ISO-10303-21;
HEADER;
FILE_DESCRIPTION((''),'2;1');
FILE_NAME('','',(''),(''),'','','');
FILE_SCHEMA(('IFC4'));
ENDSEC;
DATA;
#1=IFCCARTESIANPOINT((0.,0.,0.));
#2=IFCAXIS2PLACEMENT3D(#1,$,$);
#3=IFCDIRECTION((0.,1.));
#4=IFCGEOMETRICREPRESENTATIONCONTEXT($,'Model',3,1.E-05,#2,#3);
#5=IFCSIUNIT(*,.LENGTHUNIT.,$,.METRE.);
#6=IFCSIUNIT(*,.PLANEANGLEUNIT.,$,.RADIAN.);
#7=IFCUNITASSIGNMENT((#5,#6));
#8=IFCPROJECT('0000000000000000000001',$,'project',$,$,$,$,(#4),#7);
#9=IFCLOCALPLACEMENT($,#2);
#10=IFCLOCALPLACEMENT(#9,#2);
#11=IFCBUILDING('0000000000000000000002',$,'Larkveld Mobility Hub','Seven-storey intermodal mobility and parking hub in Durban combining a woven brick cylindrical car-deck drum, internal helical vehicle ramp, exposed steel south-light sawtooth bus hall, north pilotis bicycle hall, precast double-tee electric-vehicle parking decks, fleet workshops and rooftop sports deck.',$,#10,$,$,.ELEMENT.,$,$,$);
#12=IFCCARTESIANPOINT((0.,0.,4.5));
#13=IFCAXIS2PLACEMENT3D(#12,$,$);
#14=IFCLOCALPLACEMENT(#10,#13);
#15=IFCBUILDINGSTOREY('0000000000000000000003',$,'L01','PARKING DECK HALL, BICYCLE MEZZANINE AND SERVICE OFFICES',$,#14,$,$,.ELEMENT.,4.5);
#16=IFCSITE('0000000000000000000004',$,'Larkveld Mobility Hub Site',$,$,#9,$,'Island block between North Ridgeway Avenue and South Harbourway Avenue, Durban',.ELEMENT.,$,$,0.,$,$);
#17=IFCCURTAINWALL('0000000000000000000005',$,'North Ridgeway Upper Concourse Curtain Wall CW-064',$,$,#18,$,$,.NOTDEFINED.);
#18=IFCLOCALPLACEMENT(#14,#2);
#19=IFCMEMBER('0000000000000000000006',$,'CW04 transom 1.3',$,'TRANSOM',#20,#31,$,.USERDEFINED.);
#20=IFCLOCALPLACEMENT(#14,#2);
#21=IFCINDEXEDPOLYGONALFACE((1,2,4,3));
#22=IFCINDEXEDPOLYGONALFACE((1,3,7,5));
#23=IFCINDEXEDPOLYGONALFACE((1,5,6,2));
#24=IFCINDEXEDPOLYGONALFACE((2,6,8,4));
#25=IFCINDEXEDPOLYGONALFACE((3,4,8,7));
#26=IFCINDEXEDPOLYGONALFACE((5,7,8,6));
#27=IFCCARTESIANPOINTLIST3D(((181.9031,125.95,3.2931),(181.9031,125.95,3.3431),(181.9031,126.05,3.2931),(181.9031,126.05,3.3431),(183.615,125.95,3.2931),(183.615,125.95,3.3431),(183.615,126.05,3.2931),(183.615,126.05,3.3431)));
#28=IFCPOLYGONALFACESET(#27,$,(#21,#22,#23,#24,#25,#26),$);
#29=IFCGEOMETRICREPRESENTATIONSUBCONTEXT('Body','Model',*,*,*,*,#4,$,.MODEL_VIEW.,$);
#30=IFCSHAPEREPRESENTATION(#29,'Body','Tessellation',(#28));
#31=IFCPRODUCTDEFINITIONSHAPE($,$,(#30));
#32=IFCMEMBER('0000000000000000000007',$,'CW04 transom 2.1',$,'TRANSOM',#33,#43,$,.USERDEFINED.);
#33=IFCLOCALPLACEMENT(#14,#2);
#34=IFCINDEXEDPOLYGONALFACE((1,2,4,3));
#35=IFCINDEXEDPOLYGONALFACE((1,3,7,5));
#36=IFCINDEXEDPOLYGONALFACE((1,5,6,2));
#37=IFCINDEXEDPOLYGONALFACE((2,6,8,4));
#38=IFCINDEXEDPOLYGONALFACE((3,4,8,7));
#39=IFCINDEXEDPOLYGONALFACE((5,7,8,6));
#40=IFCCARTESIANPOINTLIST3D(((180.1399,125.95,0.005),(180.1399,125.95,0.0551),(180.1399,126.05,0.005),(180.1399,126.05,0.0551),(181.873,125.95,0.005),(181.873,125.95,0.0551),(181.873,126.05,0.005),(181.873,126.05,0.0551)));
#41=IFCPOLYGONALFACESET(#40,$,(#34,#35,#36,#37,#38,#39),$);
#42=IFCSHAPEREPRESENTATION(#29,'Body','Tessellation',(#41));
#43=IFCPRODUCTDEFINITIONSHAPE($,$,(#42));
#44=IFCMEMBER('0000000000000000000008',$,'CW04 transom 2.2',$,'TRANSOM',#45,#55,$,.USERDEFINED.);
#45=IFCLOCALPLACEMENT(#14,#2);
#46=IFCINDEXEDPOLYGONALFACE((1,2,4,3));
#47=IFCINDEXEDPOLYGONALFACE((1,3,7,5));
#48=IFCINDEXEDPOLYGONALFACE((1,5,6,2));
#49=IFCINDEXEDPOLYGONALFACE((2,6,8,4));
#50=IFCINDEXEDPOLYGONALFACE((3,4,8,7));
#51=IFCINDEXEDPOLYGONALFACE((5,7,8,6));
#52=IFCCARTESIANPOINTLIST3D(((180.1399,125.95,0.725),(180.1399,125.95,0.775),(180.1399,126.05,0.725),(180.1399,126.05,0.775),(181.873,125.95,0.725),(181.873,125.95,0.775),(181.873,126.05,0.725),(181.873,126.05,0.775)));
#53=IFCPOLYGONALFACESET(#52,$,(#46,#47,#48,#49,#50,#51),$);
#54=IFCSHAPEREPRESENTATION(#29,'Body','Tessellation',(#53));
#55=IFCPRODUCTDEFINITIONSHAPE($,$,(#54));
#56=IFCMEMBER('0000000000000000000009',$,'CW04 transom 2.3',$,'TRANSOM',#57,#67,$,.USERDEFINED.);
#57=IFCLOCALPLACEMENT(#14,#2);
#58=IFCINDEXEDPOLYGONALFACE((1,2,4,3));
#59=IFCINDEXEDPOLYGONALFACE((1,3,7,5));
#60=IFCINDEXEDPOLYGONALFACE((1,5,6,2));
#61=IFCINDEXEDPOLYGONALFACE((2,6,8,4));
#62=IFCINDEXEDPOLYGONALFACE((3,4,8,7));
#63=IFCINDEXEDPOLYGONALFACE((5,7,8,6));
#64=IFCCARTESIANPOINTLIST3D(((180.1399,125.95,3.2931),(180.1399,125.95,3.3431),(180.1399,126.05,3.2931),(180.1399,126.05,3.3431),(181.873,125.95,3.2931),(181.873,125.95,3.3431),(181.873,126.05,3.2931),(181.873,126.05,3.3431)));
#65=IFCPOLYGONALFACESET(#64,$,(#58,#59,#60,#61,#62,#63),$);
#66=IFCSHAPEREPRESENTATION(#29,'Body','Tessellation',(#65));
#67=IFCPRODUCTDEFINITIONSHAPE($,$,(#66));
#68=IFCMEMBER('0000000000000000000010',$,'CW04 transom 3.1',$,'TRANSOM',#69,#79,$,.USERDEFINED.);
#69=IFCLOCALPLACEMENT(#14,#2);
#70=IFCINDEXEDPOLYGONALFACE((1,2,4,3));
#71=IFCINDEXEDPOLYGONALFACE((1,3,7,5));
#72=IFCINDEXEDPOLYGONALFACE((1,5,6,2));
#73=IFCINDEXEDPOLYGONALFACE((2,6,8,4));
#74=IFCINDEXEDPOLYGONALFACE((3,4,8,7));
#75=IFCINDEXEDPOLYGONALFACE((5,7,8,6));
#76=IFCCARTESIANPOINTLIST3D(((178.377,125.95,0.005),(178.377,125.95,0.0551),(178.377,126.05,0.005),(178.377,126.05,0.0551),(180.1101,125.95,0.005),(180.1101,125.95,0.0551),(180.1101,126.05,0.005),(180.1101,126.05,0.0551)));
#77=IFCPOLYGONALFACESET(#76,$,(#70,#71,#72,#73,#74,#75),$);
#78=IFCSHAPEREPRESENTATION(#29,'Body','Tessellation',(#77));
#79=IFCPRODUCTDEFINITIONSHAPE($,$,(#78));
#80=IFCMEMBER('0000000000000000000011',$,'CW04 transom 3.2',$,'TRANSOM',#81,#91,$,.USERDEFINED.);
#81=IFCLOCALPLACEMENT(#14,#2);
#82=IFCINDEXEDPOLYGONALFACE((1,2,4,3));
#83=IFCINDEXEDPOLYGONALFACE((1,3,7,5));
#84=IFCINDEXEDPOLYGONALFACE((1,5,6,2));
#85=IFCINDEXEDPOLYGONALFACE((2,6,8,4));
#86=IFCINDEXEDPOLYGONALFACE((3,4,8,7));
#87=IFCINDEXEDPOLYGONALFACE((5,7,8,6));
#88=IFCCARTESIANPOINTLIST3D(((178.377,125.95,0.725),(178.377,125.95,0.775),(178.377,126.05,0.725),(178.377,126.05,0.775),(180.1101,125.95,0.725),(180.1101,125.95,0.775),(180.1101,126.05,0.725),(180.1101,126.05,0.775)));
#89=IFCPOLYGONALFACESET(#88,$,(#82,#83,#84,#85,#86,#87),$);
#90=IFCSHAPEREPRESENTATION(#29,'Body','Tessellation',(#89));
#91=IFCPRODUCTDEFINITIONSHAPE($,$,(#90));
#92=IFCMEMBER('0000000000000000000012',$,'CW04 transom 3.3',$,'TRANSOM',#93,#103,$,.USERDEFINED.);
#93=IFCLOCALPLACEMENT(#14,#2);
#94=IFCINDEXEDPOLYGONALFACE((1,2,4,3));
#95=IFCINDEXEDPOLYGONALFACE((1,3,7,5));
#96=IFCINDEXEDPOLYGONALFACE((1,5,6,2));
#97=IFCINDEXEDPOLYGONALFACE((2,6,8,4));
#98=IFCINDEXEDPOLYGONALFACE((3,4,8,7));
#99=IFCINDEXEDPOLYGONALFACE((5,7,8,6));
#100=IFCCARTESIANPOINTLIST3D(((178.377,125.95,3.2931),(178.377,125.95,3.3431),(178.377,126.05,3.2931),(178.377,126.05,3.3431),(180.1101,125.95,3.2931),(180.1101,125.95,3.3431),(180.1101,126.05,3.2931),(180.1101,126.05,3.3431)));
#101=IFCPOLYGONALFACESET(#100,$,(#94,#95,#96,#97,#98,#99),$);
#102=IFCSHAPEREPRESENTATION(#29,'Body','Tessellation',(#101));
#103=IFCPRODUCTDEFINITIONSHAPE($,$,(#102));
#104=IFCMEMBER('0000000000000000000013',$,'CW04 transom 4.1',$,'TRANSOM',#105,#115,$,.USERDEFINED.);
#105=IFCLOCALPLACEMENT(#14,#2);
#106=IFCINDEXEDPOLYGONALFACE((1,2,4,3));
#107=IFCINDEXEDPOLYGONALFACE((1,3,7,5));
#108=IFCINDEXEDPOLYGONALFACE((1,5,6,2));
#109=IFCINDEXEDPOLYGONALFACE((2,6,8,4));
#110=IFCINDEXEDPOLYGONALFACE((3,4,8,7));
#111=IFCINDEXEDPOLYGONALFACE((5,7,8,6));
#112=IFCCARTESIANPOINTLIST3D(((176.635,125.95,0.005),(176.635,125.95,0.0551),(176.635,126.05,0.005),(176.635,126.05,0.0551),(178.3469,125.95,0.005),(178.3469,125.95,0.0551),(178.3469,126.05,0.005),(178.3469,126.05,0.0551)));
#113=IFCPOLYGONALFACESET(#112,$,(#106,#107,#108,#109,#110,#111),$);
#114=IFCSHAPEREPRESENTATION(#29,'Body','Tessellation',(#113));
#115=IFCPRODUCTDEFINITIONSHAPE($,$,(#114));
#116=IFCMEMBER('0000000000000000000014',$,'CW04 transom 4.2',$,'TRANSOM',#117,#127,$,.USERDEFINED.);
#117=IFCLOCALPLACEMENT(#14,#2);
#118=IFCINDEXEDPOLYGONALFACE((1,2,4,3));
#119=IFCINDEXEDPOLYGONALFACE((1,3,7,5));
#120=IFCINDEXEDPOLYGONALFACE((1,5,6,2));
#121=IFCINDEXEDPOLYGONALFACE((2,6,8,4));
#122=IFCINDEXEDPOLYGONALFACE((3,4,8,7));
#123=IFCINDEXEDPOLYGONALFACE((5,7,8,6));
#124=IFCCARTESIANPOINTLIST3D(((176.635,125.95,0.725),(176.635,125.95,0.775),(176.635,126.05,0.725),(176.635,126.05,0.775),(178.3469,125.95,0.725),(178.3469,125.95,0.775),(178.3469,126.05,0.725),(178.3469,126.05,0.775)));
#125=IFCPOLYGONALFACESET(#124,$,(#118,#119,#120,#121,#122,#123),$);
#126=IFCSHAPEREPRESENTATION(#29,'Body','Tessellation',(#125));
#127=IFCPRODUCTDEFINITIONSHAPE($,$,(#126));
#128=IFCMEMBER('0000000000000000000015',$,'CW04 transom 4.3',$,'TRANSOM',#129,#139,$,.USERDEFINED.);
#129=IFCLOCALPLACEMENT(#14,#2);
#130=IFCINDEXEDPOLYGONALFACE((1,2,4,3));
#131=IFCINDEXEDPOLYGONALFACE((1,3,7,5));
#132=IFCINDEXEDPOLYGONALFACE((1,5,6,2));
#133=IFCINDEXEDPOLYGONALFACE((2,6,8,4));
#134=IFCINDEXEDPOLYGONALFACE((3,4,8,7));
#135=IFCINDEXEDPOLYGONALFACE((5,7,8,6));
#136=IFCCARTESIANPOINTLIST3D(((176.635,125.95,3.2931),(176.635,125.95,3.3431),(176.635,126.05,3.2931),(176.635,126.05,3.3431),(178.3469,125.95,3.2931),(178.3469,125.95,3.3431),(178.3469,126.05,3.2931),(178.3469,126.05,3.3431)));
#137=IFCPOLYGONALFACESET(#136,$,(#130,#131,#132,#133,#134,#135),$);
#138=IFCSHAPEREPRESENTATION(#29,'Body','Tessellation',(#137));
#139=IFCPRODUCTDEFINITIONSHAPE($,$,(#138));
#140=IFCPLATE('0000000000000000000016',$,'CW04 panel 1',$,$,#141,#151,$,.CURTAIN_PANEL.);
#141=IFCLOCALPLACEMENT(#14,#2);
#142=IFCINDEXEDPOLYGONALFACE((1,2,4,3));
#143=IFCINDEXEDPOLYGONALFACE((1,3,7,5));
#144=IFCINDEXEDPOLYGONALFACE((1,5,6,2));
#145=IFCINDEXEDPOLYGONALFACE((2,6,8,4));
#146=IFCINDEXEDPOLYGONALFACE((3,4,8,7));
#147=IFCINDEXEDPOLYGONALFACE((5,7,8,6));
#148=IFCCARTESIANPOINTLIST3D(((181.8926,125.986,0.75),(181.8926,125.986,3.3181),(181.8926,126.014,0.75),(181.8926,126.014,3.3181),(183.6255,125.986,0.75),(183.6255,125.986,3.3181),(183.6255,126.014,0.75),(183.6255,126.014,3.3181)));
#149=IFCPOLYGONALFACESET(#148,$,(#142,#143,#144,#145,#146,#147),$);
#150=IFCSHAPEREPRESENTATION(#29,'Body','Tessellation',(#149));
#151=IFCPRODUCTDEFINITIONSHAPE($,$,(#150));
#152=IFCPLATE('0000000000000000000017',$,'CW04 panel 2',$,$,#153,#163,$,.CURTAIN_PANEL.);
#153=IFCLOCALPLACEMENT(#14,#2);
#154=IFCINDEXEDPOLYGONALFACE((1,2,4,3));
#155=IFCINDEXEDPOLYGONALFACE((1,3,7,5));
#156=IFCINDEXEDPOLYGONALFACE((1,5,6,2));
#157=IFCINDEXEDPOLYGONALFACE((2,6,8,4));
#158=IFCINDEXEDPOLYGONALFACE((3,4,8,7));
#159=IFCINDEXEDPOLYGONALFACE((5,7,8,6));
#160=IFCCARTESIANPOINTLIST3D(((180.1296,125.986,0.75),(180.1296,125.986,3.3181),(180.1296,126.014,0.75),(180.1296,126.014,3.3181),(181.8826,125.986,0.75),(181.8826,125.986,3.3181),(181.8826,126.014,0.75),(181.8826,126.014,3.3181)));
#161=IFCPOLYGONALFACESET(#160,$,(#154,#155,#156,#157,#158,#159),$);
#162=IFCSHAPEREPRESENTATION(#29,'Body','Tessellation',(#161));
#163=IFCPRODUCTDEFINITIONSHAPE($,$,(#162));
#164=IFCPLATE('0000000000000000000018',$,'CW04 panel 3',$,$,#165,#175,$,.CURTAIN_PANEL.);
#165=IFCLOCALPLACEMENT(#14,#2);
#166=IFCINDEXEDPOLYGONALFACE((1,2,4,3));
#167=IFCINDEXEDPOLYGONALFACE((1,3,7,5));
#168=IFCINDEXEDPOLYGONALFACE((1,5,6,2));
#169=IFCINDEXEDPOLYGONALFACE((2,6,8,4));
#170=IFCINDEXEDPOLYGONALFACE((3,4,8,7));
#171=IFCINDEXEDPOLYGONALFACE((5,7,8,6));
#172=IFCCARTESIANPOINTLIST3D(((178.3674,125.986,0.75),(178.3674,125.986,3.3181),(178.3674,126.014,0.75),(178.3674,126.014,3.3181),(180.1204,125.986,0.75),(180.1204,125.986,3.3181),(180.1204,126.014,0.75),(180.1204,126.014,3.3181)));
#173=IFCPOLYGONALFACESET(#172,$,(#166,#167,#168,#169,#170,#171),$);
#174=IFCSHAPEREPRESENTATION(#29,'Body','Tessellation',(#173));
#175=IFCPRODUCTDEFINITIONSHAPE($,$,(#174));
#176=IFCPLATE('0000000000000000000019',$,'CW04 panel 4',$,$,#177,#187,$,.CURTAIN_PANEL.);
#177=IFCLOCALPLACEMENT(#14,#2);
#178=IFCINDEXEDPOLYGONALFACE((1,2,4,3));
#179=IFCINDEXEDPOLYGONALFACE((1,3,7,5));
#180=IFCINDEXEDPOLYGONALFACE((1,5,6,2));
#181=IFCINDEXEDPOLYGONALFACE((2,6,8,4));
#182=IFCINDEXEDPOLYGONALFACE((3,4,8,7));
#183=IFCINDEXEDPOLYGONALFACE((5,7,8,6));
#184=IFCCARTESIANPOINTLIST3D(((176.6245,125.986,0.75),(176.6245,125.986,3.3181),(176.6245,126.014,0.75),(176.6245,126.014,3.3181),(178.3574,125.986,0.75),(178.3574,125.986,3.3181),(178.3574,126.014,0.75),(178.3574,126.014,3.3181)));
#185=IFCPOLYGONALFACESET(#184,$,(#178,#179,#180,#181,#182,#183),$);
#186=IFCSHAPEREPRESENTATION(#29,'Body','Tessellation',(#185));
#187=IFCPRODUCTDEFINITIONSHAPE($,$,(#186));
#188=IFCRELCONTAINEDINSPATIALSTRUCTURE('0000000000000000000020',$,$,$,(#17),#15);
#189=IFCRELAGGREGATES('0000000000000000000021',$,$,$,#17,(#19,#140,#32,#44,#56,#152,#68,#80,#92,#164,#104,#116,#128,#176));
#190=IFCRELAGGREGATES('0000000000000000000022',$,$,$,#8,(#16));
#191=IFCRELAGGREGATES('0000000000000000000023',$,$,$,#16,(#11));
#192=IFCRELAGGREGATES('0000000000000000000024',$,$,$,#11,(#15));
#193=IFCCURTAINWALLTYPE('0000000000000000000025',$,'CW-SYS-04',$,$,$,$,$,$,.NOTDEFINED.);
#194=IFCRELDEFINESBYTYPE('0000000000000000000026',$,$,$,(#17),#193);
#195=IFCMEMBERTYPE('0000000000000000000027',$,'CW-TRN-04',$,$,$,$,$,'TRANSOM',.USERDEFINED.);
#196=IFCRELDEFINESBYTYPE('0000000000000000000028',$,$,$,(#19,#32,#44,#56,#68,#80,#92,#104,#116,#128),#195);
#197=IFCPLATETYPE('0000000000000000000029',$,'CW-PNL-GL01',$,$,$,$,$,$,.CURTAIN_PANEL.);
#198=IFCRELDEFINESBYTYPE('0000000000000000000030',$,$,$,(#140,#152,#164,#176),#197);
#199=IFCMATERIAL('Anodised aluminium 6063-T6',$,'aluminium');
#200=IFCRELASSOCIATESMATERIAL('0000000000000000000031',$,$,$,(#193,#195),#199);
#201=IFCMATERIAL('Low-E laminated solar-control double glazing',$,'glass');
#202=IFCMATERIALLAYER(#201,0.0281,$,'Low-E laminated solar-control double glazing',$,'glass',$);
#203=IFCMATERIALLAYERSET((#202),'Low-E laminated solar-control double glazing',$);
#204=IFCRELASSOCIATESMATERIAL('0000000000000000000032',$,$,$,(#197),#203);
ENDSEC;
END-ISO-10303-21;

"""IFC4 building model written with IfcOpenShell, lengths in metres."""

from ifc_helpers import new_model, si_unit, direction, frame, origin, origin_2d, place, context, subcontext, project, spatial, rectangle, extrude, material, layer, layer_set, material_profile, profile_set, type_object, element, aggregate, save


model = new_model("IFC4")

# Units and contexts
model_context = context("Model", 3, precision=1e-05, world=origin(), true_north=direction((0.0, 1.0)))
body_context = subcontext(model_context, "Body", "Model", "MODEL_VIEW")
ifc_project = project(units=[si_unit("LENGTHUNIT", "METRE"), si_unit("PLANEANGLEUNIT", "RADIAN")], contexts=[model_context])

# Site, building, storey
site_placement = place(None, origin())
site = spatial("IfcSite", under=ifc_project, at=site_placement, Name="Larkveld Mobility Hub Site", LongName="Island block between North Ridgeway Avenue and South Harbourway Avenue, Durban", CompositionType="ELEMENT", RefElevation=0.0)
building_placement = place(site_placement, origin())
building = spatial("IfcBuilding", under=site, at=building_placement, Name="Larkveld Mobility Hub", Description="Seven-storey intermodal mobility and parking hub in Durban combining a woven brick cylindrical car-deck drum, internal helical vehicle ramp, exposed steel south-light sawtooth bus hall, north pilotis bicycle hall, precast double-tee electric-vehicle parking decks, fleet workshops and rooftop sports deck.", CompositionType="ELEMENT")
storey_placement = place(building_placement, frame((0.0, 0.0, 4.5)))
storey = spatial("IfcBuildingStorey", under=building, at=storey_placement, Name="L01", Description="PARKING DECK HALL, BICYCLE MEZZANINE AND SERVICE OFFICES", CompositionType="ELEMENT", Elevation=4.5)

# Shared definitions
ifc_material_1 = material(Name="Anodised aluminium 6063-T6", Category="aluminium")

# Curtain wall
curtain_wall_type_1 = type_object("IfcCurtainWallType", Name="CW-SYS-04", PredefinedType="NOTDEFINED", material=ifc_material_1)
curtain_wall_1_placement = place(storey_placement, origin())
curtain_wall_1 = element("IfcCurtainWall", 1, at=curtain_wall_1_placement, inside=storey, type_object=curtain_wall_type_1, Name="North Ridgeway Upper Concourse Curtain Wall CW-064", PredefinedType="NOTDEFINED")

# Members
ifc_material_profile_1 = material_profile(ifc_material_1, rectangle(XDim=0.1001, YDim=0.05, at=origin_2d()), Name="ALU TRAN 50x100")
ifc_profile_set_1 = profile_set([ifc_material_profile_1], Name="Anodised aluminium 6063-T6")
member_type_1 = type_object("IfcMemberType", Name="CW-TRN-04", ElementType="TRANSOM", PredefinedType="USERDEFINED", material=ifc_profile_set_1)
member_1_placement = place(storey_placement, frame((183.615, 126.0, 3.3181), z_axis=(-1.0, 0.0, 0.0), x_axis=(0.0, -1.0, 0.0)))
member_1 = element("IfcMember", 2, at=member_1_placement, type_object=member_type_1, Name="CW04 transom 1.3", ObjectType="TRANSOM", PredefinedType="USERDEFINED", context=body_context, shape_type="SweptSolid", body=[
    extrude(rectangle(XDim=0.1001, YDim=0.05, at=origin_2d()), origin(), (0.0, 0.0, 1.0), 1.7119),
])
member_2_placement = place(storey_placement, frame((181.873, 126.0, 0.03), z_axis=(-1.0, 0.0, 0.0), x_axis=(0.0, -1.0, 0.0)))
member_2 = element("IfcMember", 3, at=member_2_placement, type_object=member_type_1, Name="CW04 transom 2.1", ObjectType="TRANSOM", PredefinedType="USERDEFINED", context=body_context, shape_type="SweptSolid", body=[
    extrude(rectangle(XDim=0.1001, YDim=0.05, at=origin_2d()), origin(), (0.0, 0.0, 1.0), 1.7332),
])
member_3_placement = place(storey_placement, frame((181.873, 126.0, 0.75), z_axis=(-1.0, 0.0, 0.0), x_axis=(0.0, -1.0, 0.0)))
member_3 = element("IfcMember", 4, at=member_3_placement, type_object=member_type_1, Name="CW04 transom 2.2", ObjectType="TRANSOM", PredefinedType="USERDEFINED", context=body_context, shape_type="SweptSolid", body=[
    extrude(rectangle(XDim=0.1001, YDim=0.05, at=origin_2d()), origin(), (0.0, 0.0, 1.0), 1.7332),
])
member_4_placement = place(storey_placement, frame((181.873, 126.0, 3.3181), z_axis=(-1.0, 0.0, 0.0), x_axis=(0.0, -1.0, 0.0)))
member_4 = element("IfcMember", 5, at=member_4_placement, type_object=member_type_1, Name="CW04 transom 2.3", ObjectType="TRANSOM", PredefinedType="USERDEFINED", context=body_context, shape_type="SweptSolid", body=[
    extrude(rectangle(XDim=0.1001, YDim=0.05, at=origin_2d()), origin(), (0.0, 0.0, 1.0), 1.7332),
])
member_5_placement = place(storey_placement, frame((180.1101, 126.0, 0.03), z_axis=(-1.0, 0.0, 0.0), x_axis=(0.0, -1.0, 0.0)))
member_5 = element("IfcMember", 6, at=member_5_placement, type_object=member_type_1, Name="CW04 transom 3.1", ObjectType="TRANSOM", PredefinedType="USERDEFINED", context=body_context, shape_type="SweptSolid", body=[
    extrude(rectangle(XDim=0.1001, YDim=0.05, at=origin_2d()), origin(), (0.0, 0.0, 1.0), 1.7332),
])
member_6_placement = place(storey_placement, frame((180.1101, 126.0, 0.75), z_axis=(-1.0, 0.0, 0.0), x_axis=(0.0, -1.0, 0.0)))
member_6 = element("IfcMember", 7, at=member_6_placement, type_object=member_type_1, Name="CW04 transom 3.2", ObjectType="TRANSOM", PredefinedType="USERDEFINED", context=body_context, shape_type="SweptSolid", body=[
    extrude(rectangle(XDim=0.1001, YDim=0.05, at=origin_2d()), origin(), (0.0, 0.0, 1.0), 1.7332),
])
member_7_placement = place(storey_placement, frame((180.1101, 126.0, 3.3181), z_axis=(-1.0, 0.0, 0.0), x_axis=(0.0, -1.0, 0.0)))
member_7 = element("IfcMember", 8, at=member_7_placement, type_object=member_type_1, Name="CW04 transom 3.3", ObjectType="TRANSOM", PredefinedType="USERDEFINED", context=body_context, shape_type="SweptSolid", body=[
    extrude(rectangle(XDim=0.1001, YDim=0.05, at=origin_2d()), origin(), (0.0, 0.0, 1.0), 1.7332),
])
member_8_placement = place(storey_placement, frame((178.3469, 126.0, 0.03), z_axis=(-1.0, 0.0, 0.0), x_axis=(0.0, -1.0, 0.0)))
member_8 = element("IfcMember", 9, at=member_8_placement, type_object=member_type_1, Name="CW04 transom 4.1", ObjectType="TRANSOM", PredefinedType="USERDEFINED", context=body_context, shape_type="SweptSolid", body=[
    extrude(rectangle(XDim=0.1001, YDim=0.05, at=origin_2d()), origin(), (0.0, 0.0, 1.0), 1.7119),
])
member_9_placement = place(storey_placement, frame((178.3469, 126.0, 0.75), z_axis=(-1.0, 0.0, 0.0), x_axis=(0.0, -1.0, 0.0)))
member_9 = element("IfcMember", 10, at=member_9_placement, type_object=member_type_1, Name="CW04 transom 4.2", ObjectType="TRANSOM", PredefinedType="USERDEFINED", context=body_context, shape_type="SweptSolid", body=[
    extrude(rectangle(XDim=0.1001, YDim=0.05, at=origin_2d()), origin(), (0.0, 0.0, 1.0), 1.7119),
])
member_10_placement = place(storey_placement, frame((178.3469, 126.0, 3.3181), z_axis=(-1.0, 0.0, 0.0), x_axis=(0.0, -1.0, 0.0)))
member_10 = element("IfcMember", 11, at=member_10_placement, type_object=member_type_1, Name="CW04 transom 4.3", ObjectType="TRANSOM", PredefinedType="USERDEFINED", context=body_context, shape_type="SweptSolid", body=[
    extrude(rectangle(XDim=0.1001, YDim=0.05, at=origin_2d()), origin(), (0.0, 0.0, 1.0), 1.7119),
])

# Plates
ifc_material_2 = material(Name="Low-E laminated solar-control double glazing", Category="glass")
ifc_layer_1 = layer(ifc_material_2, 0.0281, Name="Low-E laminated solar-control double glazing", Category="glass")
ifc_layer_set_1 = layer_set([ifc_layer_1], Name="Low-E laminated solar-control double glazing")
plate_type_1 = type_object("IfcPlateType", Name="CW-PNL-GL01", PredefinedType="CURTAIN_PANEL", material=ifc_layer_set_1)
plate_1_placement = place(storey_placement, frame((182.759, 126.0, 0.75), z_axis=(0.0, 0.0, 1.0), x_axis=(-1.0, 0.0, 0.0)))
plate_1 = element("IfcPlate", 12, at=plate_1_placement, type_object=plate_type_1, Name="CW04 panel 1", PredefinedType="CURTAIN_PANEL", context=body_context, shape_type="SweptSolid", body=[
    extrude(rectangle(XDim=1.7329, YDim=0.0281, at=origin_2d()), origin(), (0.0, 0.0, 1.0), 2.5681),
])
plate_2_placement = place(storey_placement, frame((181.0061, 126.0, 0.75), z_axis=(0.0, 0.0, 1.0), x_axis=(-1.0, 0.0, 0.0)))
plate_2 = element("IfcPlate", 13, at=plate_2_placement, type_object=plate_type_1, Name="CW04 panel 2", PredefinedType="CURTAIN_PANEL", context=body_context, shape_type="SweptSolid", body=[
    extrude(rectangle(XDim=1.7529, YDim=0.0281, at=origin_2d()), origin(), (0.0, 0.0, 1.0), 2.5681),
])
plate_3_placement = place(storey_placement, frame((179.2439, 126.0, 0.75), z_axis=(0.0, 0.0, 1.0), x_axis=(-1.0, 0.0, 0.0)))
plate_3 = element("IfcPlate", 14, at=plate_3_placement, type_object=plate_type_1, Name="CW04 panel 3", PredefinedType="CURTAIN_PANEL", context=body_context, shape_type="SweptSolid", body=[
    extrude(rectangle(XDim=1.7529, YDim=0.0281, at=origin_2d()), origin(), (0.0, 0.0, 1.0), 2.5681),
])
plate_4_placement = place(storey_placement, frame((177.491, 126.0, 0.75), z_axis=(0.0, 0.0, 1.0), x_axis=(-1.0, 0.0, 0.0)))
plate_4 = element("IfcPlate", 15, at=plate_4_placement, type_object=plate_type_1, Name="CW04 panel 4", PredefinedType="CURTAIN_PANEL", context=body_context, shape_type="SweptSolid", body=[
    extrude(rectangle(XDim=1.7329, YDim=0.0281, at=origin_2d()), origin(), (0.0, 0.0, 1.0), 2.5681),
])
aggregate(curtain_wall_1, [member_1, plate_1, member_2, member_3, member_4, plate_2, member_5, member_6, member_7, plate_3, member_8, member_9, member_10, plate_4])

save(model, "model.ifc")
